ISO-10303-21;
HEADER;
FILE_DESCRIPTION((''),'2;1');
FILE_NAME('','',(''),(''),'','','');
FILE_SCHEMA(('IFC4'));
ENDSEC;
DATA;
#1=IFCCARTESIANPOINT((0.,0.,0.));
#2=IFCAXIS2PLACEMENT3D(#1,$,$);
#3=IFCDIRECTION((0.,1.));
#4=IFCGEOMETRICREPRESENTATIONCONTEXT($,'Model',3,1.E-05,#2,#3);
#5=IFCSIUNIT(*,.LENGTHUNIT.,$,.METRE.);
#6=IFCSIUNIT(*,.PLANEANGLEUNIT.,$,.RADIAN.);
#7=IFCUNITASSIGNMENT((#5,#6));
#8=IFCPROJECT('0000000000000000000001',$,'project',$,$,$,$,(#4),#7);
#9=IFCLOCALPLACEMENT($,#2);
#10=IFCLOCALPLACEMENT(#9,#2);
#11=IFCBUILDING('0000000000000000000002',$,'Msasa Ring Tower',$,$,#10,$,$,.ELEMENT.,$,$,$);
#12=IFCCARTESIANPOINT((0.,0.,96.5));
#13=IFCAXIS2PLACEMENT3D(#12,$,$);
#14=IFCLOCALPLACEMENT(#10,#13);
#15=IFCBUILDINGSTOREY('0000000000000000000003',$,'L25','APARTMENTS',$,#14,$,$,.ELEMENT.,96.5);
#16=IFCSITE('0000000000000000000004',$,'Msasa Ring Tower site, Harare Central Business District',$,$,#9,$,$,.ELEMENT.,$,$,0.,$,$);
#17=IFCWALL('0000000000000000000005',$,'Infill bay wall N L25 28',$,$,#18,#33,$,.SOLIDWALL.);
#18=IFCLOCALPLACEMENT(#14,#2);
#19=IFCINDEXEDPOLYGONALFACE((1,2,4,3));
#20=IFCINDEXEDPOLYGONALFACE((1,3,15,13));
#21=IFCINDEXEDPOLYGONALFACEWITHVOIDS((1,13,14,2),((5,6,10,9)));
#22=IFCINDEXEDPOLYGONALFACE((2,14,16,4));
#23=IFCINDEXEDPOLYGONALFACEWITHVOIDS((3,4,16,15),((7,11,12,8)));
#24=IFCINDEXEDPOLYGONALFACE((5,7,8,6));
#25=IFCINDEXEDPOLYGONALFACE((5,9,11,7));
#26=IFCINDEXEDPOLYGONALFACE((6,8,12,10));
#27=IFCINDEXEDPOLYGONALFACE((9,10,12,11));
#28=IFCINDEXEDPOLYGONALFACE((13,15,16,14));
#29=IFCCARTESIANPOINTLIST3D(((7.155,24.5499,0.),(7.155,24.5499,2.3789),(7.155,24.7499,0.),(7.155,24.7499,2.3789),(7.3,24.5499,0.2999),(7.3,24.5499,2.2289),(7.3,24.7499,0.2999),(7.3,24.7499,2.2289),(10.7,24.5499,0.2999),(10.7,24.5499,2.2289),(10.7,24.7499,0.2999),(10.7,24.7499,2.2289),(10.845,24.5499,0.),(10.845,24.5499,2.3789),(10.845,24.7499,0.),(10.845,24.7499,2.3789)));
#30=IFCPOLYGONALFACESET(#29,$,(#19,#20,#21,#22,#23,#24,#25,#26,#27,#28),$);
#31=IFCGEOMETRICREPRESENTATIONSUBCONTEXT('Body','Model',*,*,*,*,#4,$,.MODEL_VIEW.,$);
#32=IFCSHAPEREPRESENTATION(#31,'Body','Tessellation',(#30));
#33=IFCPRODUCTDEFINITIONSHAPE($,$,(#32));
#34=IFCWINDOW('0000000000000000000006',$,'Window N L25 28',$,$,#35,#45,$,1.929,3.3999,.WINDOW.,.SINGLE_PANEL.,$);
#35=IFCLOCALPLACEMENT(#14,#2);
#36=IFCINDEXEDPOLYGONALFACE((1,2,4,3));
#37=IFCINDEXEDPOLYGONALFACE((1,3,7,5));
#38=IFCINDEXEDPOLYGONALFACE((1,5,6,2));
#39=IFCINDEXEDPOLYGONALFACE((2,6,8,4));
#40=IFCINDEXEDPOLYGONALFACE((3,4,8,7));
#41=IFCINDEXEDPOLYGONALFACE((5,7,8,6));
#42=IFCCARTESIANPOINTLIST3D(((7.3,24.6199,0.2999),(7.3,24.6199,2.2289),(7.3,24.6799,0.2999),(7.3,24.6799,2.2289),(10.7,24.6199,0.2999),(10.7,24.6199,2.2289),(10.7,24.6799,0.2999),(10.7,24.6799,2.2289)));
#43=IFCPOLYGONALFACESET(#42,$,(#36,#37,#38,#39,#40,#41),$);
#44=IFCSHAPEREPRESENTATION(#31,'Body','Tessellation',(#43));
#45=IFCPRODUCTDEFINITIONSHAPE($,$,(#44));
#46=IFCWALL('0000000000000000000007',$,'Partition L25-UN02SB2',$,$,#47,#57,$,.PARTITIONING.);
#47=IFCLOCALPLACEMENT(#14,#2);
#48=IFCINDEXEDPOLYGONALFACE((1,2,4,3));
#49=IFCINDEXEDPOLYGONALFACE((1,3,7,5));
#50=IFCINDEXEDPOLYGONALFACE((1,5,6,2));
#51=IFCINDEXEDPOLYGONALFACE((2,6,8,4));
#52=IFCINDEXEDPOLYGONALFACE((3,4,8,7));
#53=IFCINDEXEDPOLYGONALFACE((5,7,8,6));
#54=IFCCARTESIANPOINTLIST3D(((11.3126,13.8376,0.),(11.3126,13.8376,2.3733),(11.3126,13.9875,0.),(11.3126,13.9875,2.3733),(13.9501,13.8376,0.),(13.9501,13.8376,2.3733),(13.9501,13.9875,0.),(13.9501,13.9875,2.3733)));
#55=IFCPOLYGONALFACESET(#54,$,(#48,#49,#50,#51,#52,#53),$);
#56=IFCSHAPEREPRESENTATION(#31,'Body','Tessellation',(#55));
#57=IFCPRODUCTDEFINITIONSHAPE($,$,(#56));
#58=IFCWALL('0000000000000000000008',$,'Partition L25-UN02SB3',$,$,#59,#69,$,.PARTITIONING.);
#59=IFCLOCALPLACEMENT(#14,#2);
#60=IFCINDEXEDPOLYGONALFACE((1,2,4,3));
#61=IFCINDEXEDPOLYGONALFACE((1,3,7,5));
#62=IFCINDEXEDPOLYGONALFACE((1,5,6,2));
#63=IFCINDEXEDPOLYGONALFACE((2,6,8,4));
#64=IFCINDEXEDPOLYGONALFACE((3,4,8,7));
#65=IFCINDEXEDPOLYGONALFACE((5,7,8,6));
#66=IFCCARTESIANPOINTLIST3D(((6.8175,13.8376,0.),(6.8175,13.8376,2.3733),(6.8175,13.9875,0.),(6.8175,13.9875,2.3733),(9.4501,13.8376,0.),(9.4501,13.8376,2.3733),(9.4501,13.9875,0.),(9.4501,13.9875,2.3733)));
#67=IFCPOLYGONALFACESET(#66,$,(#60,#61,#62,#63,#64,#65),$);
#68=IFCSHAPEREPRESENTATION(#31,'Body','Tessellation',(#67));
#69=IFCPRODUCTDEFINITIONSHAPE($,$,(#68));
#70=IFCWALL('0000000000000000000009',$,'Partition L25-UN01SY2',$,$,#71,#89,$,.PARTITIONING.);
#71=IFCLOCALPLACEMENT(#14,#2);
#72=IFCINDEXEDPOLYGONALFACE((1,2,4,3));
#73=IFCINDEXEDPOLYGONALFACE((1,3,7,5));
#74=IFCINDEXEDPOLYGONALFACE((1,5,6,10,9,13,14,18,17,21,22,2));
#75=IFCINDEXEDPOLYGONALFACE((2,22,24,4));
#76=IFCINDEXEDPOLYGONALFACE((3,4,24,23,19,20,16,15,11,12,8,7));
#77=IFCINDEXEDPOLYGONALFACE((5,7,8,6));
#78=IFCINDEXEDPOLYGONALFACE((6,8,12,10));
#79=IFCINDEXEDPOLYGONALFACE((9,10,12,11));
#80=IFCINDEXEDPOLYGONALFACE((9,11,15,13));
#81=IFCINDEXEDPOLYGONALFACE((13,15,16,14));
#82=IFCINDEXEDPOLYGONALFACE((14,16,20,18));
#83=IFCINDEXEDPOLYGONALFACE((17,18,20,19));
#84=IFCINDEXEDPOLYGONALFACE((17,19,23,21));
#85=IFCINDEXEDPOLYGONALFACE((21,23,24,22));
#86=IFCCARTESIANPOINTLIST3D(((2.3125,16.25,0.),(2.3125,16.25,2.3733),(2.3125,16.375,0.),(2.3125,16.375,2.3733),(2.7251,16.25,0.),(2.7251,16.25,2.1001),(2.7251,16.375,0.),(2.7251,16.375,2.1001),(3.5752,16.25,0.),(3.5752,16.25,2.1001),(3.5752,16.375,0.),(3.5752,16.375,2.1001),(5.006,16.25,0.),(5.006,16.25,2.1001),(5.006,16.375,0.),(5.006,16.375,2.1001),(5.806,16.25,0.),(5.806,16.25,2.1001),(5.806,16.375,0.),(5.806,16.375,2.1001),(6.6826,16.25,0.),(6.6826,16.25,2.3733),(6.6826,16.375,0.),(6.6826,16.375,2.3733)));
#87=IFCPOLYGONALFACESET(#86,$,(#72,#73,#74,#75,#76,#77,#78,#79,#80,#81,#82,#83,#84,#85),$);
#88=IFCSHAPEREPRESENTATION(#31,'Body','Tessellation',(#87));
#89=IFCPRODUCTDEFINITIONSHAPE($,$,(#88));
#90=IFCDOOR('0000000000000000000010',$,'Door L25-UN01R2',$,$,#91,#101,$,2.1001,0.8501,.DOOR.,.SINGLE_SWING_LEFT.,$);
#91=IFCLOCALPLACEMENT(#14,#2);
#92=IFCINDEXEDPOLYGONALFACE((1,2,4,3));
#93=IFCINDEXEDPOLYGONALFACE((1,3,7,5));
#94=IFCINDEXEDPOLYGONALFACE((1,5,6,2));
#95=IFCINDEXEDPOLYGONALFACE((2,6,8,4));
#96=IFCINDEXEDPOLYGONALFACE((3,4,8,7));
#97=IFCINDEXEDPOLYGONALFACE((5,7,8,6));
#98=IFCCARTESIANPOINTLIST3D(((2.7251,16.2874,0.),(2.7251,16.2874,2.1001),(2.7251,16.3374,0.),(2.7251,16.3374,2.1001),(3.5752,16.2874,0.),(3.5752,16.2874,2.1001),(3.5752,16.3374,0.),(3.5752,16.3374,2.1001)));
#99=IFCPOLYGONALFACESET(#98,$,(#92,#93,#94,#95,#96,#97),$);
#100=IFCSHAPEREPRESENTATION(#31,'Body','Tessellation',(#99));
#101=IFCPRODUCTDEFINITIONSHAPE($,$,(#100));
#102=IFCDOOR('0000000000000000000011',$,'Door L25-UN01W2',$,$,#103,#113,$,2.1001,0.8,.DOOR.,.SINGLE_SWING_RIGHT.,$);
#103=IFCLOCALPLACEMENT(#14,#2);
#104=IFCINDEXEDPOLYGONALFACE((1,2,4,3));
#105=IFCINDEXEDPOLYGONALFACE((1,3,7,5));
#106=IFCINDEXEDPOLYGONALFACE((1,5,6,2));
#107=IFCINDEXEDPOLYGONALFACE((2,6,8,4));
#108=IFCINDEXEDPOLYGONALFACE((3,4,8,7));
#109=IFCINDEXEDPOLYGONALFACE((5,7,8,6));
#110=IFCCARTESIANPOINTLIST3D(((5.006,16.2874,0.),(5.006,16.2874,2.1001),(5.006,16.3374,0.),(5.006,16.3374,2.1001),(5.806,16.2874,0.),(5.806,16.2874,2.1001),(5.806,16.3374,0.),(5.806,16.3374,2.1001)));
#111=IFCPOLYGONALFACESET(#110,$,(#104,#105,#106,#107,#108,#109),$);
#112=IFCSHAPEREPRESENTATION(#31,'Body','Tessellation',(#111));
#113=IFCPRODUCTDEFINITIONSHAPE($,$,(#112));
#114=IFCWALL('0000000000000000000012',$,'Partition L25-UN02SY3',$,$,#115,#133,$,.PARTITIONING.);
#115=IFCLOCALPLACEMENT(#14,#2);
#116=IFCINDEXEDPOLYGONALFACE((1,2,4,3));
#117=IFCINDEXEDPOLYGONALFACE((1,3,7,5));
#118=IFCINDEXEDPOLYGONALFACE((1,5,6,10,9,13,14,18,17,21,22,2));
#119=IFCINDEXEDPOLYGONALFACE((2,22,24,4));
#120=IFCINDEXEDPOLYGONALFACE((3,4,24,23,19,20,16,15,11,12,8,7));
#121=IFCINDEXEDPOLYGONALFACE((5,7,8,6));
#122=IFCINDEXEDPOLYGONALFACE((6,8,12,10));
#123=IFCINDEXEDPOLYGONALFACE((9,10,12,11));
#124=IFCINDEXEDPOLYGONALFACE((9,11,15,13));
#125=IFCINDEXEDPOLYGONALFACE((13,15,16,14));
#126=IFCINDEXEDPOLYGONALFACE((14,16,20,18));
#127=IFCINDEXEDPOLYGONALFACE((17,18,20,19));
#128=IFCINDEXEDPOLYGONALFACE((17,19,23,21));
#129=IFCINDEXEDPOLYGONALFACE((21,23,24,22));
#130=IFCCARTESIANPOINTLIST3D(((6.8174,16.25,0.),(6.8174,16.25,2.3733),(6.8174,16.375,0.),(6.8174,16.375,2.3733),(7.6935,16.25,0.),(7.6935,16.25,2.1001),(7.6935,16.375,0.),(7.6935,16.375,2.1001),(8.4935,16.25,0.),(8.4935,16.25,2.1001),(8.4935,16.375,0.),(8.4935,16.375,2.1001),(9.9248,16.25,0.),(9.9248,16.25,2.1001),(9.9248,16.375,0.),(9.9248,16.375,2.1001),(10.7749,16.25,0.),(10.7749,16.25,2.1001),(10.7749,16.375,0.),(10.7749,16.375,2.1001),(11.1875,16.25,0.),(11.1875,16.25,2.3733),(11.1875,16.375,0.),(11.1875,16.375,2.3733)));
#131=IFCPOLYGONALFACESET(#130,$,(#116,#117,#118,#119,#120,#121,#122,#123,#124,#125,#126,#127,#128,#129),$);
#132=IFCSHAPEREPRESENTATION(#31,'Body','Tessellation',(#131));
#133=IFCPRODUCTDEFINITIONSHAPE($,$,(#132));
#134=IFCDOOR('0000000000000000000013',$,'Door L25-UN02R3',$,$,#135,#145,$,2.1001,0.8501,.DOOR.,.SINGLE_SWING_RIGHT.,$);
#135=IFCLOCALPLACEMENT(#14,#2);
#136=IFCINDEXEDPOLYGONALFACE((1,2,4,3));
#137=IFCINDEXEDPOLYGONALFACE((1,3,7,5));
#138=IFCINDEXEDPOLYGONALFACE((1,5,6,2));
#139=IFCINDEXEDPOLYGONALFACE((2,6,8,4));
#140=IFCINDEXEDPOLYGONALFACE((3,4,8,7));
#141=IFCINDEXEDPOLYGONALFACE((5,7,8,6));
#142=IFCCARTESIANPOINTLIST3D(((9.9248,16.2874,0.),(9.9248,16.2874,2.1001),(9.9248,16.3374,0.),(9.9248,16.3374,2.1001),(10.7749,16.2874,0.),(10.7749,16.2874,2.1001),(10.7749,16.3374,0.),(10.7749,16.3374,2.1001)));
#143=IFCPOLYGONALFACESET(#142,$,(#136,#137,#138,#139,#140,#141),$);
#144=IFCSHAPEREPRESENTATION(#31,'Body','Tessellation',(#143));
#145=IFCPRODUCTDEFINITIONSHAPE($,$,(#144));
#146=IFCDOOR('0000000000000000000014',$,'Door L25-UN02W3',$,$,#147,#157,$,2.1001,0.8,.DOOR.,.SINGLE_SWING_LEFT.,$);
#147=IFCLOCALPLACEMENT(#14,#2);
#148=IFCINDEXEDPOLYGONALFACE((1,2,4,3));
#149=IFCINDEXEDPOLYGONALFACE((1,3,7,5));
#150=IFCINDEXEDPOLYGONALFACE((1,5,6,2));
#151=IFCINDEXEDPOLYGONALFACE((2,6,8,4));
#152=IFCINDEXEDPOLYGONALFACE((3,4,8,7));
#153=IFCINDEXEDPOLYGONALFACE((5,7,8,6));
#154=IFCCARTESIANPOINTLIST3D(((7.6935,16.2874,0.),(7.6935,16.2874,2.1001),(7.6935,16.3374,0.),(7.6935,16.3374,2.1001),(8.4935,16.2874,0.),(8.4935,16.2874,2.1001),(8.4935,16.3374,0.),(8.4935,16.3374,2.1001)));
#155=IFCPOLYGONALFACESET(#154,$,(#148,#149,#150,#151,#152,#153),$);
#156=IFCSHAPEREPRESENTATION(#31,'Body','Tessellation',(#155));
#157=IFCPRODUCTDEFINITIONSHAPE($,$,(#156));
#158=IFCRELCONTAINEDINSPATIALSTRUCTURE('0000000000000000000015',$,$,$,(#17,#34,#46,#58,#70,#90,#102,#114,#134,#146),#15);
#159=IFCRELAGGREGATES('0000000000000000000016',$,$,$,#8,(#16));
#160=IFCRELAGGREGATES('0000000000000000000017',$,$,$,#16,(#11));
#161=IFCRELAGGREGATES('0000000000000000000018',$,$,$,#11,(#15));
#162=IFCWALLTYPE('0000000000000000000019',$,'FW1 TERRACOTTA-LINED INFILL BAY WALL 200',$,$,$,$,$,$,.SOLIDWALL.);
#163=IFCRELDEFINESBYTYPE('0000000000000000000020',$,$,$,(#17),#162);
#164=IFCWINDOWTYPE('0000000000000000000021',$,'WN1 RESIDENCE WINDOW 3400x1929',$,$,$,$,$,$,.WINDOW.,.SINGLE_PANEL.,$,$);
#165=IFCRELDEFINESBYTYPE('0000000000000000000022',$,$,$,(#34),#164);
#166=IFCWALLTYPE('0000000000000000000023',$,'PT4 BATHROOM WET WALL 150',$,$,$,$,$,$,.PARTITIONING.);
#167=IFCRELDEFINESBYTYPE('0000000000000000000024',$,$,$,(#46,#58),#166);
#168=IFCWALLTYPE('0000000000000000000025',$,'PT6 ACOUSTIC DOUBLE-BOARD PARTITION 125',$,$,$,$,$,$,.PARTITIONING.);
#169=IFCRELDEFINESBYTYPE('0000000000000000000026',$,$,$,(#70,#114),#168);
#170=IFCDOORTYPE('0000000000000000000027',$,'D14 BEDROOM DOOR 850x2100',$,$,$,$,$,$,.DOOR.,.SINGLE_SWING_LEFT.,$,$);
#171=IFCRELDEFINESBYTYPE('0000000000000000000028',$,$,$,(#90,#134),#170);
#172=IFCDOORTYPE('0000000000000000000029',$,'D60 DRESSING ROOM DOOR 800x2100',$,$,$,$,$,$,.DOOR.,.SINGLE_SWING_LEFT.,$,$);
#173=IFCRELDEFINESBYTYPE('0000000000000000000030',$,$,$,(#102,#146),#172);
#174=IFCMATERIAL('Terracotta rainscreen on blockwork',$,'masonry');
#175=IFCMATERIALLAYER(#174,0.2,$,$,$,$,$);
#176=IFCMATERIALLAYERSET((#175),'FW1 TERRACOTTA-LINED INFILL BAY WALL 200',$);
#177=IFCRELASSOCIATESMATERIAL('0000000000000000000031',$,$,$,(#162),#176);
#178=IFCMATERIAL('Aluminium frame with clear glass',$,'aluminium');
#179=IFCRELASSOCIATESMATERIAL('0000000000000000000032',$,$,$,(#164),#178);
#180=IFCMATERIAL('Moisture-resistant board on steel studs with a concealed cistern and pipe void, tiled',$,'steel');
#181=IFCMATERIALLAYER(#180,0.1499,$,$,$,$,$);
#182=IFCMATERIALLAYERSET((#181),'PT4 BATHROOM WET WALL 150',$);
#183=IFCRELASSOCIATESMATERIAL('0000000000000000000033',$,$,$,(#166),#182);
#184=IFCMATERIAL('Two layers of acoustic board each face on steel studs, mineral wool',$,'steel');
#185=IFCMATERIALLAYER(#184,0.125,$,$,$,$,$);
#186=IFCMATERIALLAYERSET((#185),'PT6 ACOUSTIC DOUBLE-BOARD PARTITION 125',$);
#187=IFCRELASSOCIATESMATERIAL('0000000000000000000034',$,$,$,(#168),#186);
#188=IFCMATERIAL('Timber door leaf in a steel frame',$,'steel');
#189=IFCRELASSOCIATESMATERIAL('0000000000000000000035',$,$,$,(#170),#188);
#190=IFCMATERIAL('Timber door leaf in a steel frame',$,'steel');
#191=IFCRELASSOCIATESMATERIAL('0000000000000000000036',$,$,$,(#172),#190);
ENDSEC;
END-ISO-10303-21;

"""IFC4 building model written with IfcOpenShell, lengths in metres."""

from ifc_helpers import new_model, si_unit, direction, frame, frame_2d, origin, place, context, subcontext, project, spatial, rectangle, extrude, material, layer, layer_set, type_object, element, fill, save


model = new_model("IFC4")

# Units and contexts
model_context = context("Model", 3, precision=1e-05, world=origin(), true_north=direction((0.0, 1.0)))
body_context = subcontext(model_context, "Body", "Model", "MODEL_VIEW")
ifc_project = project(units=[si_unit("LENGTHUNIT", "METRE"), si_unit("PLANEANGLEUNIT", "RADIAN")], contexts=[model_context])

# Site, building, storey
site_placement = place(None, origin())
site = spatial("IfcSite", under=ifc_project, at=site_placement, Name="Msasa Ring Tower site, Harare Central Business District", CompositionType="ELEMENT", RefElevation=0.0)
building_placement = place(site_placement, origin())
building = spatial("IfcBuilding", under=site, at=building_placement, Name="Msasa Ring Tower", CompositionType="ELEMENT")
storey_placement = place(building_placement, frame((0.0, 0.0, 96.5)))
storey = spatial("IfcBuildingStorey", under=building, at=storey_placement, Name="L25", Description="APARTMENTS", CompositionType="ELEMENT", Elevation=96.5)

# Wall, opening, window
ifc_material_1 = material(Name="Terracotta rainscreen on blockwork", Category="masonry")
ifc_layer_1 = layer(ifc_material_1, 0.2)
ifc_layer_set_1 = layer_set([ifc_layer_1], Name="FW1 TERRACOTTA-LINED INFILL BAY WALL 200")
wall_type_1 = type_object("IfcWallType", Name="FW1 TERRACOTTA-LINED INFILL BAY WALL 200", PredefinedType="SOLIDWALL", material=ifc_layer_set_1)
ifc_material_2 = material(Name="Aluminium frame with clear glass", Category="aluminium")
window_type = type_object("IfcWindowType", Name="WN1 RESIDENCE WINDOW 3400x1929", PartitioningType="SINGLE_PANEL", PredefinedType="WINDOW", material=ifc_material_2)
wall_1_placement = place(storey_placement, frame((7.155, 24.6499, 0.0), z_axis=(0.0, 0.0, 1.0), x_axis=(1.0, 0.0, 0.0)))
wall_1 = element("IfcWall", 1, at=wall_1_placement, inside=storey, type_object=wall_type_1, Name="Infill bay wall N L25 28", PredefinedType="SOLIDWALL", context=body_context, shape_type="SweptSolid", body=[
    extrude(rectangle(XDim=3.6899, YDim=0.2, at=frame_2d((1.845, 0.0))), origin(), (0.0, 0.0, 1.0), 2.3789),
])
opening_1_placement = place(wall_1_placement, frame((0.145, 0.0, 0.3)))
opening_1 = element("IfcOpeningElement", 2, at=opening_1_placement, cuts=wall_1, PredefinedType="OPENING", context=body_context, shape_type="SweptSolid", body=[
    extrude(rectangle(XDim=3.3999, YDim=1.929, at=frame_2d((1.7, 0.9644))), frame((0.0, 0.1099, 0.0), z_axis=(0.0, -1.0, 0.0), x_axis=(1.0, 0.0, 0.0)), (0.0, 0.0, 1.0), 0.22),
])
window_1_placement = place(opening_1_placement, origin())
window_1 = element("IfcWindow", 3, at=window_1_placement, inside=storey, type_object=window_type, Name="Window N L25 28", OverallHeight=1.929, OverallWidth=3.3999, PartitioningType="SINGLE_PANEL", PredefinedType="WINDOW", context=body_context, shape_type="SweptSolid", body=[
    extrude(rectangle(XDim=3.3999, YDim=1.929, at=frame_2d((1.7, 0.9644))), frame((0.0, 0.03, 0.0), z_axis=(0.0, -1.0, 0.0), x_axis=(1.0, 0.0, 0.0)), (0.0, 0.0, 1.0), 0.0601),
])
fill(opening_1, window_1)

# Walls
ifc_material_3 = material(Name="Moisture-resistant board on steel studs with a concealed cistern and pipe void, tiled", Category="steel")
ifc_layer_2 = layer(ifc_material_3, 0.1499)
ifc_layer_set_2 = layer_set([ifc_layer_2], Name="PT4 BATHROOM WET WALL 150")
wall_type_2 = type_object("IfcWallType", Name="PT4 BATHROOM WET WALL 150", PredefinedType="PARTITIONING", material=ifc_layer_set_2)
wall_2_placement = place(storey_placement, frame((11.3125, 13.9126, 0.0), z_axis=(0.0, 0.0, 1.0), x_axis=(1.0, 0.0, 0.0)))
element("IfcWall", 4, at=wall_2_placement, inside=storey, type_object=wall_type_2, Name="Partition L25-UN02SB2", PredefinedType="PARTITIONING", context=body_context, shape_type="SweptSolid", body=[
    extrude(rectangle(XDim=2.6375, YDim=0.1499, at=frame_2d((1.3188, 0.0))), origin(), (0.0, 0.0, 1.0), 2.3733),
])
wall_3_placement = place(storey_placement, frame((6.8174, 13.9126, 0.0), z_axis=(0.0, 0.0, 1.0), x_axis=(1.0, 0.0, 0.0)))
element("IfcWall", 5, at=wall_3_placement, inside=storey, type_object=wall_type_2, Name="Partition L25-UN02SB3", PredefinedType="PARTITIONING", context=body_context, shape_type="SweptSolid", body=[
    extrude(rectangle(XDim=2.6326, YDim=0.1499, at=frame_2d((1.3164, 0.0))), origin(), (0.0, 0.0, 1.0), 2.3733),
])

# Walls, openings, doors
ifc_material_4 = material(Name="Two layers of acoustic board each face on steel studs, mineral wool", Category="steel")
ifc_layer_3 = layer(ifc_material_4, 0.125)
ifc_layer_set_3 = layer_set([ifc_layer_3], Name="PT6 ACOUSTIC DOUBLE-BOARD PARTITION 125")
wall_type_3 = type_object("IfcWallType", Name="PT6 ACOUSTIC DOUBLE-BOARD PARTITION 125", PredefinedType="PARTITIONING", material=ifc_layer_set_3)
wall_4_placement = place(storey_placement, frame((2.3125, 16.3125, 0.0), z_axis=(0.0, 0.0, 1.0), x_axis=(1.0, 0.0, 0.0)))
wall_4 = element("IfcWall", 6, at=wall_4_placement, inside=storey, type_object=wall_type_3, Name="Partition L25-UN01SY2", PredefinedType="PARTITIONING", context=body_context, shape_type="SweptSolid", body=[
    extrude(rectangle(XDim=4.3701, YDim=0.125, at=frame_2d((2.1851, 0.0))), origin(), (0.0, 0.0, 1.0), 2.3733),
])
opening_2_placement = place(wall_4_placement, frame((0.4126, 0.0, 0.0)))
opening_2 = element("IfcOpeningElement", 7, at=opening_2_placement, cuts=wall_4, PredefinedType="OPENING", context=body_context, shape_type="SweptSolid", body=[
    extrude(rectangle(XDim=0.8501, YDim=2.1001, at=frame_2d((0.425, 1.05))), frame((0.0, 0.0725, 0.0), z_axis=(0.0, -1.0, 0.0), x_axis=(1.0, 0.0, 0.0)), (0.0, 0.0, 1.0), 0.145),
])
opening_3_placement = place(wall_4_placement, frame((2.6936, 0.0, 0.0)))
opening_3 = element("IfcOpeningElement", 8, at=opening_3_placement, cuts=wall_4, PredefinedType="OPENING", context=body_context, shape_type="SweptSolid", body=[
    extrude(rectangle(XDim=0.8, YDim=2.1001, at=frame_2d((0.3999, 1.05))), frame((0.0, 0.0725, 0.0), z_axis=(0.0, -1.0, 0.0), x_axis=(1.0, 0.0, 0.0)), (0.0, 0.0, 1.0), 0.145),
])
ifc_material_5 = material(Name="Timber door leaf in a steel frame", Category="steel")
door_type_1 = type_object("IfcDoorType", Name="D14 BEDROOM DOOR 850x2100", OperationType="SINGLE_SWING_LEFT", PredefinedType="DOOR", material=ifc_material_5)
door_1_placement = place(opening_2_placement, origin())
door_1 = element("IfcDoor", 9, at=door_1_placement, inside=storey, type_object=door_type_1, Name="Door L25-UN01R2", OperationType="SINGLE_SWING_LEFT", OverallHeight=2.1001, OverallWidth=0.8501, PredefinedType="DOOR", context=body_context, shape_type="SweptSolid", body=[
    extrude(rectangle(XDim=0.8501, YDim=2.1001, at=frame_2d((0.425, 1.05))), frame((0.0, 0.0249, 0.0), z_axis=(0.0, -1.0, 0.0), x_axis=(1.0, 0.0, 0.0)), (0.0, 0.0, 1.0), 0.05),
])
fill(opening_2, door_1)
ifc_material_6 = material(Name="Timber door leaf in a steel frame", Category="steel")
door_type_2 = type_object("IfcDoorType", Name="D60 DRESSING ROOM DOOR 800x2100", OperationType="SINGLE_SWING_LEFT", PredefinedType="DOOR", material=ifc_material_6)
door_2_placement = place(opening_3_placement, origin())
door_2 = element("IfcDoor", 10, at=door_2_placement, inside=storey, type_object=door_type_2, Name="Door L25-UN01W2", OperationType="SINGLE_SWING_RIGHT", OverallHeight=2.1001, OverallWidth=0.8, PredefinedType="DOOR", context=body_context, shape_type="SweptSolid", body=[
    extrude(rectangle(XDim=0.8, YDim=2.1001, at=frame_2d((0.3999, 1.05))), frame((0.0, 0.0249, 0.0), z_axis=(0.0, -1.0, 0.0), x_axis=(1.0, 0.0, 0.0)), (0.0, 0.0, 1.0), 0.05),
])
fill(opening_3, door_2)
wall_5_placement = place(storey_placement, frame((6.8174, 16.3125, 0.0), z_axis=(0.0, 0.0, 1.0), x_axis=(1.0, 0.0, 0.0)))
wall_5 = element("IfcWall", 11, at=wall_5_placement, inside=storey, type_object=wall_type_3, Name="Partition L25-UN02SY3", PredefinedType="PARTITIONING", context=body_context, shape_type="SweptSolid", body=[
    extrude(rectangle(XDim=4.3701, YDim=0.125, at=frame_2d((2.1851, 0.0))), origin(), (0.0, 0.0, 1.0), 2.3733),
])
opening_4_placement = place(wall_5_placement, frame((3.1074, 0.0, 0.0)))
opening_4 = element("IfcOpeningElement", 12, at=opening_4_placement, cuts=wall_5, PredefinedType="OPENING", context=body_context, shape_type="SweptSolid", body=[
    extrude(rectangle(XDim=0.8501, YDim=2.1001, at=frame_2d((0.425, 1.05))), frame((0.0, 0.0725, 0.0), z_axis=(0.0, -1.0, 0.0), x_axis=(1.0, 0.0, 0.0)), (0.0, 0.0, 1.0), 0.145),
])
opening_5_placement = place(wall_5_placement, frame((0.8762, 0.0, 0.0)))
opening_5 = element("IfcOpeningElement", 13, at=opening_5_placement, cuts=wall_5, PredefinedType="OPENING", context=body_context, shape_type="SweptSolid", body=[
    extrude(rectangle(XDim=0.8, YDim=2.1001, at=frame_2d((0.3999, 1.05))), frame((0.0, 0.0725, 0.0), z_axis=(0.0, -1.0, 0.0), x_axis=(1.0, 0.0, 0.0)), (0.0, 0.0, 1.0), 0.145),
])
door_3_placement = place(opening_4_placement, origin())
door_3 = element("IfcDoor", 14, at=door_3_placement, inside=storey, type_object=door_type_1, Name="Door L25-UN02R3", OperationType="SINGLE_SWING_RIGHT", OverallHeight=2.1001, OverallWidth=0.8501, PredefinedType="DOOR", context=body_context, shape_type="SweptSolid", body=[
    extrude(rectangle(XDim=0.8501, YDim=2.1001, at=frame_2d((0.425, 1.05))), frame((0.0, 0.0249, 0.0), z_axis=(0.0, -1.0, 0.0), x_axis=(1.0, 0.0, 0.0)), (0.0, 0.0, 1.0), 0.05),
])
fill(opening_4, door_3)
door_4_placement = place(opening_5_placement, origin())
door_4 = element("IfcDoor", 15, at=door_4_placement, inside=storey, type_object=door_type_2, Name="Door L25-UN02W3", OperationType="SINGLE_SWING_LEFT", OverallHeight=2.1001, OverallWidth=0.8, PredefinedType="DOOR", context=body_context, shape_type="SweptSolid", body=[
    extrude(rectangle(XDim=0.8, YDim=2.1001, at=frame_2d((0.3999, 1.05))), frame((0.0, 0.0249, 0.0), z_axis=(0.0, -1.0, 0.0), x_axis=(1.0, 0.0, 0.0)), (0.0, 0.0, 1.0), 0.05),
])
fill(opening_5, door_4)

save(model, "model.ifc")
